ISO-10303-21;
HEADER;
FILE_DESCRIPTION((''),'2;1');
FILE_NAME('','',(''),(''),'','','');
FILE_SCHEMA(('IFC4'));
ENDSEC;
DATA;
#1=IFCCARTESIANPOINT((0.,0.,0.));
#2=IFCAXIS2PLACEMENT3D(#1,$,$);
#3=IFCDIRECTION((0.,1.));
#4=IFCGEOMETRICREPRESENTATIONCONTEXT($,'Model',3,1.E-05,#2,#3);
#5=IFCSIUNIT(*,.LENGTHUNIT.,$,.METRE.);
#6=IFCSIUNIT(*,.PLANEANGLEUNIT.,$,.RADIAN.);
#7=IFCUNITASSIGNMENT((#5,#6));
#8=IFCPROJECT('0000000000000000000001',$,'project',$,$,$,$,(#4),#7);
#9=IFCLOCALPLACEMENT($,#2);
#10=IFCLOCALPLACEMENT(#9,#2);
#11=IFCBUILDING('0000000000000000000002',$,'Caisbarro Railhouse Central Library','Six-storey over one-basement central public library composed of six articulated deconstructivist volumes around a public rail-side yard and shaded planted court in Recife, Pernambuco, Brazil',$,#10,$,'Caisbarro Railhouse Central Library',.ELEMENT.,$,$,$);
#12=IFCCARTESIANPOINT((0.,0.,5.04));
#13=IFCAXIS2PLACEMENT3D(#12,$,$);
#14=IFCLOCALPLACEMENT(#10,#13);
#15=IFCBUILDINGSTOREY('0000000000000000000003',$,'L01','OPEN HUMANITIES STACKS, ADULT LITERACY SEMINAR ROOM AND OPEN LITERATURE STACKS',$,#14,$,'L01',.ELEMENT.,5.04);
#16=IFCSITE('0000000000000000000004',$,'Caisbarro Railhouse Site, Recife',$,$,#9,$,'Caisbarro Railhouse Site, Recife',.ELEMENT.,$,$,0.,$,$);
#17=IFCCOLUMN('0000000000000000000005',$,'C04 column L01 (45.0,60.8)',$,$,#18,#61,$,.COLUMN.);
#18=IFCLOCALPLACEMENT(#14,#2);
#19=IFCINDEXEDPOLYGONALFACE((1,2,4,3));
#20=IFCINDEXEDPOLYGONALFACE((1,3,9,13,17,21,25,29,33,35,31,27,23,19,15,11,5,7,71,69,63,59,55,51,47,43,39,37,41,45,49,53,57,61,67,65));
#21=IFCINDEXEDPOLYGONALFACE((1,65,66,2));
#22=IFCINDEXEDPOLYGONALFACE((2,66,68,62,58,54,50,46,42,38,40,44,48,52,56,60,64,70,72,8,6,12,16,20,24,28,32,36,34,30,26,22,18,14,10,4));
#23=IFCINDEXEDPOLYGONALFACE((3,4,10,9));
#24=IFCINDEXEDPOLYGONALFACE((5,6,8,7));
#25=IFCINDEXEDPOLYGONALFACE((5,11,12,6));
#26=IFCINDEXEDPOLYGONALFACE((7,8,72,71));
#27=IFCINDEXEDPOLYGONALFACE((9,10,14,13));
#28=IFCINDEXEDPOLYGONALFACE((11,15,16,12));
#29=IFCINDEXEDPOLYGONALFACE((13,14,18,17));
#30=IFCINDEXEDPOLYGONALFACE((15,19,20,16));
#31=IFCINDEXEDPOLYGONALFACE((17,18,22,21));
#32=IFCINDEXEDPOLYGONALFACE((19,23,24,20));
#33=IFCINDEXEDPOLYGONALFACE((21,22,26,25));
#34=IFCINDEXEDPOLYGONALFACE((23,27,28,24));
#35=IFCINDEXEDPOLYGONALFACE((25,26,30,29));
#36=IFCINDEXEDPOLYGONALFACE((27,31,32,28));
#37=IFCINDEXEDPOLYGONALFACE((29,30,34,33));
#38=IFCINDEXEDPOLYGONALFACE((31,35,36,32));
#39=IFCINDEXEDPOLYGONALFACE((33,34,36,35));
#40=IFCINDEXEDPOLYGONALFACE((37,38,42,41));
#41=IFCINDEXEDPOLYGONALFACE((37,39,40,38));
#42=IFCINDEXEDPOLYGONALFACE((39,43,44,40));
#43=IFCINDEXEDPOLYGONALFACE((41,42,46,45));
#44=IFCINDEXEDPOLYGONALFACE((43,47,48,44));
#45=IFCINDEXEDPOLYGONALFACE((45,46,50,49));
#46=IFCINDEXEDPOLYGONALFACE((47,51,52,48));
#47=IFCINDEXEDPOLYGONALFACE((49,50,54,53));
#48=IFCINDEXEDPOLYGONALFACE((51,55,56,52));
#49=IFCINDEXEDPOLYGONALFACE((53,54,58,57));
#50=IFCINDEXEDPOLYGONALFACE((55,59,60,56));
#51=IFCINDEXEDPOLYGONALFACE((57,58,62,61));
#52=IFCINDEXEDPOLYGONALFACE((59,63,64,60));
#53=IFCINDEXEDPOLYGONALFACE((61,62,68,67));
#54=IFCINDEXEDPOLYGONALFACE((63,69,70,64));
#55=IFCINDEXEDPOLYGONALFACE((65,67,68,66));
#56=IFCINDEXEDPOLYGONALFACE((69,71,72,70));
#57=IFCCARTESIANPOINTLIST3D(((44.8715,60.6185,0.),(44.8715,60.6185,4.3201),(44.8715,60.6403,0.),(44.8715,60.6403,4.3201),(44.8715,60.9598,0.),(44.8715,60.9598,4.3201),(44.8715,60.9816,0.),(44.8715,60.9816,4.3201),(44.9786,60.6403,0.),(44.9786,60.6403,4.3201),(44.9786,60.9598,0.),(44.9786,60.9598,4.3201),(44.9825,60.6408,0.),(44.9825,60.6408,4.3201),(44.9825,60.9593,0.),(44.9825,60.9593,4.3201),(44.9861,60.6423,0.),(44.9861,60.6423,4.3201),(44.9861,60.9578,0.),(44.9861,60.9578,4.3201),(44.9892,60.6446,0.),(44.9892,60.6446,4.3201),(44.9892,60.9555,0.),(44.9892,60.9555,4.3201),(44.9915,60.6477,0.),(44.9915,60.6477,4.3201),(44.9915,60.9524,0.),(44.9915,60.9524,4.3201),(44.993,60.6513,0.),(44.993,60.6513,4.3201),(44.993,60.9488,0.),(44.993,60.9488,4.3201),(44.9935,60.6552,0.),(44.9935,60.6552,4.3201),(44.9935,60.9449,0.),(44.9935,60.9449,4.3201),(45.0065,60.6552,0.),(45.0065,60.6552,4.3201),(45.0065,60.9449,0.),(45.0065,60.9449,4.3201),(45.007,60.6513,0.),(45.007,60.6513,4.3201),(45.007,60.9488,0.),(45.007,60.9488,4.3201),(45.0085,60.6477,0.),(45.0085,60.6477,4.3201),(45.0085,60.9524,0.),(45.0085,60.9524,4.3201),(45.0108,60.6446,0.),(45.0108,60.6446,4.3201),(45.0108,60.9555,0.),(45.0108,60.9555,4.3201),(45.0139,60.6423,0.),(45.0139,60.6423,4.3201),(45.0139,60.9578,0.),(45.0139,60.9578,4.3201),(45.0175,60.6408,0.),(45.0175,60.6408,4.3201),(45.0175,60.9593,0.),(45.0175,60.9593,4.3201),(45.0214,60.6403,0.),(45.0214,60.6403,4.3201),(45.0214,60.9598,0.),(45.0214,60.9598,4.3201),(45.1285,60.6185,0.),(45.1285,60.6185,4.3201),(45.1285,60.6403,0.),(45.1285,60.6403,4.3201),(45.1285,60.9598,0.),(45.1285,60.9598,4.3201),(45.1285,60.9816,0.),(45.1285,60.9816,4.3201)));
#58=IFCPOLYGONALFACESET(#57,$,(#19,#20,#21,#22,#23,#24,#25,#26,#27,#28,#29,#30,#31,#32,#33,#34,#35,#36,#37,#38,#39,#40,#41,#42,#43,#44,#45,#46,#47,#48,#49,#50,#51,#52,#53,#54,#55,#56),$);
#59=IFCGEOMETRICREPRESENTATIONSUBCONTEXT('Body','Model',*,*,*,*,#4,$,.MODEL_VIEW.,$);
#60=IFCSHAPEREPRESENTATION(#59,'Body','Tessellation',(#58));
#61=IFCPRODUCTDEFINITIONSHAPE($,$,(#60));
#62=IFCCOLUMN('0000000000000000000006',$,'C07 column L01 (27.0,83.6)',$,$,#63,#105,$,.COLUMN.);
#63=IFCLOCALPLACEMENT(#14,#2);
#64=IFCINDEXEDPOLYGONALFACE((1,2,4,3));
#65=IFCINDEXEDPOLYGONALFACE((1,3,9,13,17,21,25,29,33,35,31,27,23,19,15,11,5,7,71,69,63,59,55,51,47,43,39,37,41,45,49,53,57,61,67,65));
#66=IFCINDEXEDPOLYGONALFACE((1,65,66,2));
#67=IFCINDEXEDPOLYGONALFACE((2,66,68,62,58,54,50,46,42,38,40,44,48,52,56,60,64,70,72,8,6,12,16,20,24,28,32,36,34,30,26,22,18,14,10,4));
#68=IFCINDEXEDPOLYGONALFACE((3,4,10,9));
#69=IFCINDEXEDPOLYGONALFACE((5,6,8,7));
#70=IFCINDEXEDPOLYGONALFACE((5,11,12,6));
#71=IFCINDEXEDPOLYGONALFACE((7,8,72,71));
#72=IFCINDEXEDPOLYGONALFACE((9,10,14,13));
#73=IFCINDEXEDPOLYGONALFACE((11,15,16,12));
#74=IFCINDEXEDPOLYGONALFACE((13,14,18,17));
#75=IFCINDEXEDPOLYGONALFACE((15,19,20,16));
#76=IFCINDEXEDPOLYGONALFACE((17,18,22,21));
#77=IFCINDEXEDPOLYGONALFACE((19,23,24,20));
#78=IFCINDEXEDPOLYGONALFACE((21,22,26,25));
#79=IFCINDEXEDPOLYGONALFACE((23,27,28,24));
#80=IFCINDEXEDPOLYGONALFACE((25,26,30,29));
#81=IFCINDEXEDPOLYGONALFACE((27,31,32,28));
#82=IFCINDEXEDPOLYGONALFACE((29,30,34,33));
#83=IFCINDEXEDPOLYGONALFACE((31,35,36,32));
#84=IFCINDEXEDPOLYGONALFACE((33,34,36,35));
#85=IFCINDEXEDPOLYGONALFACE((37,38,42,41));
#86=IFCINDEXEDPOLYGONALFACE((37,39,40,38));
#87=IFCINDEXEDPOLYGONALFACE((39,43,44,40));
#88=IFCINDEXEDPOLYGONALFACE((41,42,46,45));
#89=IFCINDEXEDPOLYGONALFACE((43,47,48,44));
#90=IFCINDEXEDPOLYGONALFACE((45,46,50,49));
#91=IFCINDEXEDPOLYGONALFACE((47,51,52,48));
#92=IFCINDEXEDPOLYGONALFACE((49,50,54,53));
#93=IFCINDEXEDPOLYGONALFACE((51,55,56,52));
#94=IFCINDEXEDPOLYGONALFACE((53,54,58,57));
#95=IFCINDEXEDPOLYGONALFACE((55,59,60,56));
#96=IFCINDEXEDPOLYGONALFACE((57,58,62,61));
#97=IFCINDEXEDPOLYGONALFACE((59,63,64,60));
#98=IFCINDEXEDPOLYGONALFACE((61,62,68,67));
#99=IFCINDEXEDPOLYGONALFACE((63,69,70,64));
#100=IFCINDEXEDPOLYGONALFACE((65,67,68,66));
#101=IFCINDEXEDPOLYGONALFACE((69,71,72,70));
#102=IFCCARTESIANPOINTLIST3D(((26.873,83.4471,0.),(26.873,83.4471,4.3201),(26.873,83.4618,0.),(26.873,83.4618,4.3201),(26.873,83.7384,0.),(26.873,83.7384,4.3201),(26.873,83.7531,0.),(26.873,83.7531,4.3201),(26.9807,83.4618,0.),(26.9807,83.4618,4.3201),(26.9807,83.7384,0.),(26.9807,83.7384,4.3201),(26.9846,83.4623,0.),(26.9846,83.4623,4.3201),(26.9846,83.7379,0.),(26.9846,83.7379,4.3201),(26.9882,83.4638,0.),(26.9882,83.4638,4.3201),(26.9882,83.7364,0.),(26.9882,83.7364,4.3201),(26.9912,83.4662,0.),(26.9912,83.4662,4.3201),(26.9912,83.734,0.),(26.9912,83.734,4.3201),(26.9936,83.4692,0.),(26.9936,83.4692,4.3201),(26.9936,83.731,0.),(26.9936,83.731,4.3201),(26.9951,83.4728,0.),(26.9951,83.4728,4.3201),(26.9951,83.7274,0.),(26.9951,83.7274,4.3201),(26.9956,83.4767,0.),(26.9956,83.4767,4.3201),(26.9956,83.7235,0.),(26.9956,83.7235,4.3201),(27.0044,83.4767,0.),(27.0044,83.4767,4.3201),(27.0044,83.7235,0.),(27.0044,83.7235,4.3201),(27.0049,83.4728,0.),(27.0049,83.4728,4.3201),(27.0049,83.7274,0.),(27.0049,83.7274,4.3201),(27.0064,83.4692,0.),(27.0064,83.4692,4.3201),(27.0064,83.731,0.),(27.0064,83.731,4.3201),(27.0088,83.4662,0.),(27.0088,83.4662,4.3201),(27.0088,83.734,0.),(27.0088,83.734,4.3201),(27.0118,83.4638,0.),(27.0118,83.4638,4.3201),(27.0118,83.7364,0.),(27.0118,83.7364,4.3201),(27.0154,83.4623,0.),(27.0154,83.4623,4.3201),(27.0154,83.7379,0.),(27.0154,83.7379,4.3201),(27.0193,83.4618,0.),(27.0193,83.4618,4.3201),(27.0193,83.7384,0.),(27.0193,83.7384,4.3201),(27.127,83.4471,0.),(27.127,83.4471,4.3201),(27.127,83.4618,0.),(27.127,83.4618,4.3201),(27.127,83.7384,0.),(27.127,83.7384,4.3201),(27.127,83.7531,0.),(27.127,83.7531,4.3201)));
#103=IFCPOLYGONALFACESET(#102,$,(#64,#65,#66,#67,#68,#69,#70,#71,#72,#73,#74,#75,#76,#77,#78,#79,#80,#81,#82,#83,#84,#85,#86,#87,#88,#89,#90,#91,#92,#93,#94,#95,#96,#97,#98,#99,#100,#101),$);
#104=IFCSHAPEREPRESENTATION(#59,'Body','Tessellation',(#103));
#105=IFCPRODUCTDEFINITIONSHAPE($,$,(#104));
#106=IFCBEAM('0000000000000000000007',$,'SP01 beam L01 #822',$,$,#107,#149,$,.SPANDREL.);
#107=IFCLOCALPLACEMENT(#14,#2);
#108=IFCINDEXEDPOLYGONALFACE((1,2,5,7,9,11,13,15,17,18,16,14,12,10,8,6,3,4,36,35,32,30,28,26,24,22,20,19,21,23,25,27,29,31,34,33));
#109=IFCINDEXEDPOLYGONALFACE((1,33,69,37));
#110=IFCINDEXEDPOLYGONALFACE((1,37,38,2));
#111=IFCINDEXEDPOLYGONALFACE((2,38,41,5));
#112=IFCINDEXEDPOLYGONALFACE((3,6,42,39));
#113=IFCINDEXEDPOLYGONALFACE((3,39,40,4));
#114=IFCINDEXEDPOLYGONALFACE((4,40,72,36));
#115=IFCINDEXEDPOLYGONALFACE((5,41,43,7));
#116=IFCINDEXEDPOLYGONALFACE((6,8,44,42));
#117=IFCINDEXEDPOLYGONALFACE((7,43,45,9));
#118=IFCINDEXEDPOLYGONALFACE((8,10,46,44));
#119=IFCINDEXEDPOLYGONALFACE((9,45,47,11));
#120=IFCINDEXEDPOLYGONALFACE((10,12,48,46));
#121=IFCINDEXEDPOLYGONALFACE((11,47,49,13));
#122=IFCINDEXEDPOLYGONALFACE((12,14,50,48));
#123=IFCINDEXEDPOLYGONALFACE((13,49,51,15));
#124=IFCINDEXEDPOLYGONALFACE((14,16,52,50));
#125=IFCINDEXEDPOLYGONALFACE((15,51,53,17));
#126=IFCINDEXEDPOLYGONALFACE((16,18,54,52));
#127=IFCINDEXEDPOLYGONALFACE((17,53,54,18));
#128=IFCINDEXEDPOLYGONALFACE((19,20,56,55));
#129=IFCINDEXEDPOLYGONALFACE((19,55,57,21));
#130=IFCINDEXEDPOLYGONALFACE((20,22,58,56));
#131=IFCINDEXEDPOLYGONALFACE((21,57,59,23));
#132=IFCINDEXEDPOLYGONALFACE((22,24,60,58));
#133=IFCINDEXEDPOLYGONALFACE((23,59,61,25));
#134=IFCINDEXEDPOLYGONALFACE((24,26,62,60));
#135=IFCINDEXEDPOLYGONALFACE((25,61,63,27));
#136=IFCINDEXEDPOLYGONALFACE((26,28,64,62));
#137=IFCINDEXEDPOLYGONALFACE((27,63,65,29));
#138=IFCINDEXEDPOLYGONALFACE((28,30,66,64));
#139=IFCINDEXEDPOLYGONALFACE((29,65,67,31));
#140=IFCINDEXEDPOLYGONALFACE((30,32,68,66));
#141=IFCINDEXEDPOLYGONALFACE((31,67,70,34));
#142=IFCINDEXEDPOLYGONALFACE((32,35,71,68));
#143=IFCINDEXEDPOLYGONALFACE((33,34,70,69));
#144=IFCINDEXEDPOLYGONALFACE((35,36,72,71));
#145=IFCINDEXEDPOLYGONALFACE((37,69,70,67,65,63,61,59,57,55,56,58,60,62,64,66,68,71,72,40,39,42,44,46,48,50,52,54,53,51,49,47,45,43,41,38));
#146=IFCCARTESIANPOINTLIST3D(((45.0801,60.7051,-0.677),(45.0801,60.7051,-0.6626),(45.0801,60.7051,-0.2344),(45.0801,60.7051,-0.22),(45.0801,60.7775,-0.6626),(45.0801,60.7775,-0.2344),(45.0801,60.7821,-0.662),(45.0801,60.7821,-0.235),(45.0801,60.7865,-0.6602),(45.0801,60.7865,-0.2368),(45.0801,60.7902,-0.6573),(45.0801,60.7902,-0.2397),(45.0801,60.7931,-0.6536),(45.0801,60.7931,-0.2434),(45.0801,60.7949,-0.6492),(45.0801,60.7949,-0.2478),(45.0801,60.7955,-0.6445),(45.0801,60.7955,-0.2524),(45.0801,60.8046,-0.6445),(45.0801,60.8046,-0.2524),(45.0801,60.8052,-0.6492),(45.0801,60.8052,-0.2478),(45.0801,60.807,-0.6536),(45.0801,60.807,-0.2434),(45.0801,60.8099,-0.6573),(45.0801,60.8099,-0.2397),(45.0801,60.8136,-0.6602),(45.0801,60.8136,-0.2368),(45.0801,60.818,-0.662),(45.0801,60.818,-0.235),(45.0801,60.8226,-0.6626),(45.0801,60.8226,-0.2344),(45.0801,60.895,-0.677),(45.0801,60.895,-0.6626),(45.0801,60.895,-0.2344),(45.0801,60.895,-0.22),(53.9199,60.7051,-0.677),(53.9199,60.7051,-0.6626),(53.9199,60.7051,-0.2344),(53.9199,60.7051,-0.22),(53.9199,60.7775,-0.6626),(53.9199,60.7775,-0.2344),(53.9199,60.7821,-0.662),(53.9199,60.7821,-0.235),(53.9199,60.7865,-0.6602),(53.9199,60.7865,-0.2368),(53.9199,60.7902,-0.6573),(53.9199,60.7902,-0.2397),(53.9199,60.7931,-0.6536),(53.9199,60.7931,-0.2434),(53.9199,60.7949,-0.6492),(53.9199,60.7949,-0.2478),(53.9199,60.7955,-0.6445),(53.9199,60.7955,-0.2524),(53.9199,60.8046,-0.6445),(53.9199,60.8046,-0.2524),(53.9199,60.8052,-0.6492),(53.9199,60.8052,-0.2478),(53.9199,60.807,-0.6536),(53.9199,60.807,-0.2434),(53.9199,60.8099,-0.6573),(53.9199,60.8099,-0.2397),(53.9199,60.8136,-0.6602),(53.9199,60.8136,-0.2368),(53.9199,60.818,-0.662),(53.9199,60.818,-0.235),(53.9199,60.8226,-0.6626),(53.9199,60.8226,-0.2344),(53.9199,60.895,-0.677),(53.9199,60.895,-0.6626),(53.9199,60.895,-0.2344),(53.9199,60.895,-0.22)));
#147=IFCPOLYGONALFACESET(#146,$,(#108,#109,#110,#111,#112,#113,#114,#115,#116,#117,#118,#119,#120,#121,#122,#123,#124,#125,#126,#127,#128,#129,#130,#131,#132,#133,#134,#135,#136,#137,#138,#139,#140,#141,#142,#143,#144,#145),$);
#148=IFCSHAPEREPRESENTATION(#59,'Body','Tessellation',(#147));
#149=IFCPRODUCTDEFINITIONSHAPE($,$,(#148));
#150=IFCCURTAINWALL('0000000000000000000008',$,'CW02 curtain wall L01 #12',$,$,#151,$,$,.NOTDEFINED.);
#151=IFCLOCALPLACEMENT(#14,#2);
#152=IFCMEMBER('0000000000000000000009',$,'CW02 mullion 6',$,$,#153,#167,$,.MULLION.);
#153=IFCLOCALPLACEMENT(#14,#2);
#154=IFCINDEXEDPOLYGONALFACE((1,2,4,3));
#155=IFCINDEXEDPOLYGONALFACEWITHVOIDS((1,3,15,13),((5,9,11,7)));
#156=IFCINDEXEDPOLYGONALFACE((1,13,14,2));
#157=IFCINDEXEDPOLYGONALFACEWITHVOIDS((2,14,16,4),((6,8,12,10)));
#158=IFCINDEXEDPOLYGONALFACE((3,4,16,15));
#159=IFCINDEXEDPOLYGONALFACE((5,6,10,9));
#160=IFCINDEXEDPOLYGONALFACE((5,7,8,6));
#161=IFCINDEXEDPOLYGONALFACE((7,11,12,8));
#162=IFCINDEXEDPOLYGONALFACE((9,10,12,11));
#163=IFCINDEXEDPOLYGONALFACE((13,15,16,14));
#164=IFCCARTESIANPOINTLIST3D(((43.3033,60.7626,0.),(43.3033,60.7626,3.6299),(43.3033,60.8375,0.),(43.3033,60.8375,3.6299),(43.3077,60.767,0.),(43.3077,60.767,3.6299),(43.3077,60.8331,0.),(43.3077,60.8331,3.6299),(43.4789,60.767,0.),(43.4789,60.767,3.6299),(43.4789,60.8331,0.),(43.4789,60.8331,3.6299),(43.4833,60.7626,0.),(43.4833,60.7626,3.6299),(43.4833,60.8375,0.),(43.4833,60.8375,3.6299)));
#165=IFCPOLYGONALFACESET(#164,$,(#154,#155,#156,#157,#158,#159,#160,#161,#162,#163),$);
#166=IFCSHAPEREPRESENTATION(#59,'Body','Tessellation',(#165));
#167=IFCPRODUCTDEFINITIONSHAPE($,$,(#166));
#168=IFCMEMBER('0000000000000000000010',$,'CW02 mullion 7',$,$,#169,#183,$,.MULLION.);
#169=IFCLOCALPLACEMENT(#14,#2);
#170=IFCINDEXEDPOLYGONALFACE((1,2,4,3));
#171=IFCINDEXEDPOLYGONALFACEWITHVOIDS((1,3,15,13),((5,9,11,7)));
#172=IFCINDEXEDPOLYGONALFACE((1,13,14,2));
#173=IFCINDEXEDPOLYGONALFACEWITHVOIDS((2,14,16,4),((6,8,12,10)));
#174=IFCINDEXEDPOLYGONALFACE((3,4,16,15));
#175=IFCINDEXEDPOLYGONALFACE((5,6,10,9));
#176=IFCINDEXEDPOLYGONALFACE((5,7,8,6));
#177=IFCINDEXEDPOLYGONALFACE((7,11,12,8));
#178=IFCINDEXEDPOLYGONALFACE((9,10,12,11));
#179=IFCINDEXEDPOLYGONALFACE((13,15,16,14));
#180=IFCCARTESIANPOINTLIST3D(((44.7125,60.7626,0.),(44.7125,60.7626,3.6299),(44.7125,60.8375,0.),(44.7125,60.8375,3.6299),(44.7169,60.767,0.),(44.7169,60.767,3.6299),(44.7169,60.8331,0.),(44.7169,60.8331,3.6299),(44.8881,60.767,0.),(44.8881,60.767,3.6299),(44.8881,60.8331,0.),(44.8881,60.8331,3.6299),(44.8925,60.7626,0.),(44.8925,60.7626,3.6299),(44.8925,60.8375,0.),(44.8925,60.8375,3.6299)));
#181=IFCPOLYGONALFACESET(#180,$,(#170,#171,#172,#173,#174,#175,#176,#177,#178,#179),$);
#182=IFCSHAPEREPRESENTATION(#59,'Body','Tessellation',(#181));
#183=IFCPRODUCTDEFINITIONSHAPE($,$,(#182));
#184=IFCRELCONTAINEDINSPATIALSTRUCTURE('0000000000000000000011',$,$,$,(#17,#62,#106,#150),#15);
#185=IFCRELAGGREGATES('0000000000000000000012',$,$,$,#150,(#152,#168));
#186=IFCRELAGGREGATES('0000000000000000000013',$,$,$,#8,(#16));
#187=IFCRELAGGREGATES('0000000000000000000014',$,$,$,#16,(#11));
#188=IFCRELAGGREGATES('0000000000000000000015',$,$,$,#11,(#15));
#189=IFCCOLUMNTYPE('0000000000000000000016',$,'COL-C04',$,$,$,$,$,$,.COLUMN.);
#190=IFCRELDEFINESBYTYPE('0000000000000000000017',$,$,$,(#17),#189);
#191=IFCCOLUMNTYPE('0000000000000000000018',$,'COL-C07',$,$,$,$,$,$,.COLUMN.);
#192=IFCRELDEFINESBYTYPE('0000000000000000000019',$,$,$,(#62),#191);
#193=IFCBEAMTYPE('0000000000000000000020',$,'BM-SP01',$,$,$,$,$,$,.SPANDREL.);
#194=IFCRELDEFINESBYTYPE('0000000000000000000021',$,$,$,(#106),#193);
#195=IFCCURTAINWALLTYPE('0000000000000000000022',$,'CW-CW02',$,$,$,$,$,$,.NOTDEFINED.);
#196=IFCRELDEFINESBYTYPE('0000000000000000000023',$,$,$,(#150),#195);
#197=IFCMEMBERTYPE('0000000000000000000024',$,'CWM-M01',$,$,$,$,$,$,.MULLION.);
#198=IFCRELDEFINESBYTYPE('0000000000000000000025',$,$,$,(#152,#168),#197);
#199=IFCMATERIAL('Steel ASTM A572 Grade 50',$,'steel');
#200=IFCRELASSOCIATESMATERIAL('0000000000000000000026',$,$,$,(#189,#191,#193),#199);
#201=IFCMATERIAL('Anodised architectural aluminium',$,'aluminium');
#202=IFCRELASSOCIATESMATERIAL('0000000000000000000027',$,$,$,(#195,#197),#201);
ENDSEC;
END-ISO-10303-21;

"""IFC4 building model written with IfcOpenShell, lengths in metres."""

from ifc_helpers import new_model, si_unit, direction, frame, origin, origin_2d, place, context, subcontext, project, spatial, hollow_rectangle, i_section, extrude, material, material_profile, profile_set, type_object, element, aggregate, save


model = new_model("IFC4")

# Units and contexts
model_context = context("Model", 3, precision=1e-05, world=origin(), true_north=direction((0.0, 1.0)))
body_context = subcontext(model_context, "Body", "Model", "MODEL_VIEW")
ifc_project = project(units=[si_unit("LENGTHUNIT", "METRE"), si_unit("PLANEANGLEUNIT", "RADIAN")], contexts=[model_context])

# Site, building, storey
site_placement = place(None, origin())
site = spatial("IfcSite", under=ifc_project, at=site_placement, Name="Caisbarro Railhouse Site, Recife", LongName="Caisbarro Railhouse Site, Recife", CompositionType="ELEMENT", RefElevation=0.0)
building_placement = place(site_placement, origin())
building = spatial("IfcBuilding", under=site, at=building_placement, Name="Caisbarro Railhouse Central Library", Description="Six-storey over one-basement central public library composed of six articulated deconstructivist volumes around a public rail-side yard and shaded planted court in Recife, Pernambuco, Brazil", LongName="Caisbarro Railhouse Central Library", CompositionType="ELEMENT")
storey_placement = place(building_placement, frame((0.0, 0.0, 5.04)))
storey = spatial("IfcBuildingStorey", under=building, at=storey_placement, Name="L01", Description="OPEN HUMANITIES STACKS, ADULT LITERACY SEMINAR ROOM AND OPEN LITERATURE STACKS", LongName="L01", CompositionType="ELEMENT", Elevation=5.04)

# Columns
ifc_material_1 = material(Name="Steel ASTM A572 Grade 50", Category="steel")
ifc_material_profile_1 = material_profile(ifc_material_1, i_section(OverallWidth=0.2571, OverallDepth=0.363, WebThickness=0.0129, FlangeThickness=0.0217, FilletRadius=0.0149, at=origin_2d()), Name="W360X122.0")
ifc_profile_set_1 = profile_set([ifc_material_profile_1], Name="Steel ASTM A572 Grade 50")
column_type_1 = type_object("IfcColumnType", Name="COL-C04", PredefinedType="COLUMN", material=ifc_profile_set_1)
column_1_placement = place(storey_placement, frame((45.0, 60.8, 0.0), z_axis=(0.0, 0.0, 1.0), x_axis=(1.0, 0.0, 0.0)))
element("IfcColumn", 1, at=column_1_placement, inside=storey, type_object=column_type_1, Name="C04 column L01 (45.0,60.8)", PredefinedType="COLUMN", context=body_context, shape_type="SweptSolid", body=[
    extrude(i_section(OverallWidth=0.2571, OverallDepth=0.363, WebThickness=0.0129, FlangeThickness=0.0217, FilletRadius=0.0149, at=origin_2d()), origin(), (0.0, 0.0, 1.0), 4.3201),
])
ifc_material_profile_2 = material_profile(ifc_material_1, i_section(OverallWidth=0.2539, OverallDepth=0.3059, WebThickness=0.0088, FlangeThickness=0.0146, FilletRadius=0.0149, at=origin_2d()), Name="W310X79.0")
ifc_profile_set_2 = profile_set([ifc_material_profile_2], Name="Steel ASTM A572 Grade 50")
column_type_2 = type_object("IfcColumnType", Name="COL-C07", PredefinedType="COLUMN", material=ifc_profile_set_2)
column_2_placement = place(storey_placement, frame((27.0, 83.6001, 0.0), z_axis=(0.0, 0.0, 1.0), x_axis=(1.0, 0.0, 0.0)))
element("IfcColumn", 2, at=column_2_placement, inside=storey, type_object=column_type_2, Name="C07 column L01 (27.0,83.6)", PredefinedType="COLUMN", context=body_context, shape_type="SweptSolid", body=[
    extrude(i_section(OverallWidth=0.2539, OverallDepth=0.3059, WebThickness=0.0088, FlangeThickness=0.0146, FilletRadius=0.0149, at=origin_2d()), origin(), (0.0, 0.0, 1.0), 4.3201),
])

# Beam
ifc_material_profile_3 = material_profile(ifc_material_1, i_section(OverallWidth=0.1899, OverallDepth=0.457, WebThickness=0.009, FlangeThickness=0.0144, FilletRadius=0.0181, at=origin_2d()), Name="W460X74.0")
ifc_profile_set_3 = profile_set([ifc_material_profile_3], Name="Steel ASTM A572 Grade 50")
beam_type = type_object("IfcBeamType", Name="BM-SP01", PredefinedType="SPANDREL", material=ifc_profile_set_3)
beam_placement = place(storey_placement, frame((45.0801, 60.8, -0.4485), z_axis=(1.0, 0.0, 0.0), x_axis=(0.0, 1.0, 0.0)))
element("IfcBeam", 3, at=beam_placement, inside=storey, type_object=beam_type, Name="SP01 beam L01 #822", PredefinedType="SPANDREL", context=body_context, shape_type="SweptSolid", body=[
    extrude(i_section(OverallWidth=0.1899, OverallDepth=0.457, WebThickness=0.009, FlangeThickness=0.0144, FilletRadius=0.0181, at=origin_2d()), origin(), (0.0, 0.0, 1.0), 8.8398),
])

# Curtain wall, members
ifc_material_2 = material(Name="Anodised architectural aluminium", Category="aluminium")
curtain_wall_type = type_object("IfcCurtainWallType", Name="CW-CW02", PredefinedType="NOTDEFINED", material=ifc_material_2)
curtain_wall_1_placement = place(storey_placement, origin())
curtain_wall_1 = element("IfcCurtainWall", 4, at=curtain_wall_1_placement, inside=storey, type_object=curtain_wall_type, Name="CW02 curtain wall L01 #12", PredefinedType="NOTDEFINED")
ifc_material_profile_4 = material_profile(ifc_material_2, hollow_rectangle(XDim=0.075, YDim=0.1799, WallThickness=0.0044, at=origin_2d()), Name="ALU-MUL-75X180")
ifc_profile_set_4 = profile_set([ifc_material_profile_4], Name="Anodised architectural aluminium")
member_type_1 = type_object("IfcMemberType", Name="CWM-M01", PredefinedType="MULLION", material=ifc_profile_set_4)
member_1_placement = place(storey_placement, frame((43.3933, 60.8, 0.0), z_axis=(0.0, 0.0, 1.0), x_axis=(0.0, 1.0, 0.0)))
member_1 = element("IfcMember", 5, at=member_1_placement, type_object=member_type_1, Name="CW02 mullion 6", PredefinedType="MULLION", context=body_context, shape_type="SweptSolid", body=[
    extrude(hollow_rectangle(XDim=0.075, YDim=0.1799, WallThickness=0.0044, at=origin_2d()), origin(), (0.0, 0.0, 1.0), 3.6299),
])
member_2_placement = place(storey_placement, frame((44.8025, 60.8, 0.0), z_axis=(0.0, 0.0, 1.0), x_axis=(0.0, 1.0, 0.0)))
member_2 = element("IfcMember", 6, at=member_2_placement, type_object=member_type_1, Name="CW02 mullion 7", PredefinedType="MULLION", context=body_context, shape_type="SweptSolid", body=[
    extrude(hollow_rectangle(XDim=0.075, YDim=0.1799, WallThickness=0.0044, at=origin_2d()), origin(), (0.0, 0.0, 1.0), 3.6299),
])

aggregate(curtain_wall_1, [member_1, member_2])

save(model, "model.ifc")
